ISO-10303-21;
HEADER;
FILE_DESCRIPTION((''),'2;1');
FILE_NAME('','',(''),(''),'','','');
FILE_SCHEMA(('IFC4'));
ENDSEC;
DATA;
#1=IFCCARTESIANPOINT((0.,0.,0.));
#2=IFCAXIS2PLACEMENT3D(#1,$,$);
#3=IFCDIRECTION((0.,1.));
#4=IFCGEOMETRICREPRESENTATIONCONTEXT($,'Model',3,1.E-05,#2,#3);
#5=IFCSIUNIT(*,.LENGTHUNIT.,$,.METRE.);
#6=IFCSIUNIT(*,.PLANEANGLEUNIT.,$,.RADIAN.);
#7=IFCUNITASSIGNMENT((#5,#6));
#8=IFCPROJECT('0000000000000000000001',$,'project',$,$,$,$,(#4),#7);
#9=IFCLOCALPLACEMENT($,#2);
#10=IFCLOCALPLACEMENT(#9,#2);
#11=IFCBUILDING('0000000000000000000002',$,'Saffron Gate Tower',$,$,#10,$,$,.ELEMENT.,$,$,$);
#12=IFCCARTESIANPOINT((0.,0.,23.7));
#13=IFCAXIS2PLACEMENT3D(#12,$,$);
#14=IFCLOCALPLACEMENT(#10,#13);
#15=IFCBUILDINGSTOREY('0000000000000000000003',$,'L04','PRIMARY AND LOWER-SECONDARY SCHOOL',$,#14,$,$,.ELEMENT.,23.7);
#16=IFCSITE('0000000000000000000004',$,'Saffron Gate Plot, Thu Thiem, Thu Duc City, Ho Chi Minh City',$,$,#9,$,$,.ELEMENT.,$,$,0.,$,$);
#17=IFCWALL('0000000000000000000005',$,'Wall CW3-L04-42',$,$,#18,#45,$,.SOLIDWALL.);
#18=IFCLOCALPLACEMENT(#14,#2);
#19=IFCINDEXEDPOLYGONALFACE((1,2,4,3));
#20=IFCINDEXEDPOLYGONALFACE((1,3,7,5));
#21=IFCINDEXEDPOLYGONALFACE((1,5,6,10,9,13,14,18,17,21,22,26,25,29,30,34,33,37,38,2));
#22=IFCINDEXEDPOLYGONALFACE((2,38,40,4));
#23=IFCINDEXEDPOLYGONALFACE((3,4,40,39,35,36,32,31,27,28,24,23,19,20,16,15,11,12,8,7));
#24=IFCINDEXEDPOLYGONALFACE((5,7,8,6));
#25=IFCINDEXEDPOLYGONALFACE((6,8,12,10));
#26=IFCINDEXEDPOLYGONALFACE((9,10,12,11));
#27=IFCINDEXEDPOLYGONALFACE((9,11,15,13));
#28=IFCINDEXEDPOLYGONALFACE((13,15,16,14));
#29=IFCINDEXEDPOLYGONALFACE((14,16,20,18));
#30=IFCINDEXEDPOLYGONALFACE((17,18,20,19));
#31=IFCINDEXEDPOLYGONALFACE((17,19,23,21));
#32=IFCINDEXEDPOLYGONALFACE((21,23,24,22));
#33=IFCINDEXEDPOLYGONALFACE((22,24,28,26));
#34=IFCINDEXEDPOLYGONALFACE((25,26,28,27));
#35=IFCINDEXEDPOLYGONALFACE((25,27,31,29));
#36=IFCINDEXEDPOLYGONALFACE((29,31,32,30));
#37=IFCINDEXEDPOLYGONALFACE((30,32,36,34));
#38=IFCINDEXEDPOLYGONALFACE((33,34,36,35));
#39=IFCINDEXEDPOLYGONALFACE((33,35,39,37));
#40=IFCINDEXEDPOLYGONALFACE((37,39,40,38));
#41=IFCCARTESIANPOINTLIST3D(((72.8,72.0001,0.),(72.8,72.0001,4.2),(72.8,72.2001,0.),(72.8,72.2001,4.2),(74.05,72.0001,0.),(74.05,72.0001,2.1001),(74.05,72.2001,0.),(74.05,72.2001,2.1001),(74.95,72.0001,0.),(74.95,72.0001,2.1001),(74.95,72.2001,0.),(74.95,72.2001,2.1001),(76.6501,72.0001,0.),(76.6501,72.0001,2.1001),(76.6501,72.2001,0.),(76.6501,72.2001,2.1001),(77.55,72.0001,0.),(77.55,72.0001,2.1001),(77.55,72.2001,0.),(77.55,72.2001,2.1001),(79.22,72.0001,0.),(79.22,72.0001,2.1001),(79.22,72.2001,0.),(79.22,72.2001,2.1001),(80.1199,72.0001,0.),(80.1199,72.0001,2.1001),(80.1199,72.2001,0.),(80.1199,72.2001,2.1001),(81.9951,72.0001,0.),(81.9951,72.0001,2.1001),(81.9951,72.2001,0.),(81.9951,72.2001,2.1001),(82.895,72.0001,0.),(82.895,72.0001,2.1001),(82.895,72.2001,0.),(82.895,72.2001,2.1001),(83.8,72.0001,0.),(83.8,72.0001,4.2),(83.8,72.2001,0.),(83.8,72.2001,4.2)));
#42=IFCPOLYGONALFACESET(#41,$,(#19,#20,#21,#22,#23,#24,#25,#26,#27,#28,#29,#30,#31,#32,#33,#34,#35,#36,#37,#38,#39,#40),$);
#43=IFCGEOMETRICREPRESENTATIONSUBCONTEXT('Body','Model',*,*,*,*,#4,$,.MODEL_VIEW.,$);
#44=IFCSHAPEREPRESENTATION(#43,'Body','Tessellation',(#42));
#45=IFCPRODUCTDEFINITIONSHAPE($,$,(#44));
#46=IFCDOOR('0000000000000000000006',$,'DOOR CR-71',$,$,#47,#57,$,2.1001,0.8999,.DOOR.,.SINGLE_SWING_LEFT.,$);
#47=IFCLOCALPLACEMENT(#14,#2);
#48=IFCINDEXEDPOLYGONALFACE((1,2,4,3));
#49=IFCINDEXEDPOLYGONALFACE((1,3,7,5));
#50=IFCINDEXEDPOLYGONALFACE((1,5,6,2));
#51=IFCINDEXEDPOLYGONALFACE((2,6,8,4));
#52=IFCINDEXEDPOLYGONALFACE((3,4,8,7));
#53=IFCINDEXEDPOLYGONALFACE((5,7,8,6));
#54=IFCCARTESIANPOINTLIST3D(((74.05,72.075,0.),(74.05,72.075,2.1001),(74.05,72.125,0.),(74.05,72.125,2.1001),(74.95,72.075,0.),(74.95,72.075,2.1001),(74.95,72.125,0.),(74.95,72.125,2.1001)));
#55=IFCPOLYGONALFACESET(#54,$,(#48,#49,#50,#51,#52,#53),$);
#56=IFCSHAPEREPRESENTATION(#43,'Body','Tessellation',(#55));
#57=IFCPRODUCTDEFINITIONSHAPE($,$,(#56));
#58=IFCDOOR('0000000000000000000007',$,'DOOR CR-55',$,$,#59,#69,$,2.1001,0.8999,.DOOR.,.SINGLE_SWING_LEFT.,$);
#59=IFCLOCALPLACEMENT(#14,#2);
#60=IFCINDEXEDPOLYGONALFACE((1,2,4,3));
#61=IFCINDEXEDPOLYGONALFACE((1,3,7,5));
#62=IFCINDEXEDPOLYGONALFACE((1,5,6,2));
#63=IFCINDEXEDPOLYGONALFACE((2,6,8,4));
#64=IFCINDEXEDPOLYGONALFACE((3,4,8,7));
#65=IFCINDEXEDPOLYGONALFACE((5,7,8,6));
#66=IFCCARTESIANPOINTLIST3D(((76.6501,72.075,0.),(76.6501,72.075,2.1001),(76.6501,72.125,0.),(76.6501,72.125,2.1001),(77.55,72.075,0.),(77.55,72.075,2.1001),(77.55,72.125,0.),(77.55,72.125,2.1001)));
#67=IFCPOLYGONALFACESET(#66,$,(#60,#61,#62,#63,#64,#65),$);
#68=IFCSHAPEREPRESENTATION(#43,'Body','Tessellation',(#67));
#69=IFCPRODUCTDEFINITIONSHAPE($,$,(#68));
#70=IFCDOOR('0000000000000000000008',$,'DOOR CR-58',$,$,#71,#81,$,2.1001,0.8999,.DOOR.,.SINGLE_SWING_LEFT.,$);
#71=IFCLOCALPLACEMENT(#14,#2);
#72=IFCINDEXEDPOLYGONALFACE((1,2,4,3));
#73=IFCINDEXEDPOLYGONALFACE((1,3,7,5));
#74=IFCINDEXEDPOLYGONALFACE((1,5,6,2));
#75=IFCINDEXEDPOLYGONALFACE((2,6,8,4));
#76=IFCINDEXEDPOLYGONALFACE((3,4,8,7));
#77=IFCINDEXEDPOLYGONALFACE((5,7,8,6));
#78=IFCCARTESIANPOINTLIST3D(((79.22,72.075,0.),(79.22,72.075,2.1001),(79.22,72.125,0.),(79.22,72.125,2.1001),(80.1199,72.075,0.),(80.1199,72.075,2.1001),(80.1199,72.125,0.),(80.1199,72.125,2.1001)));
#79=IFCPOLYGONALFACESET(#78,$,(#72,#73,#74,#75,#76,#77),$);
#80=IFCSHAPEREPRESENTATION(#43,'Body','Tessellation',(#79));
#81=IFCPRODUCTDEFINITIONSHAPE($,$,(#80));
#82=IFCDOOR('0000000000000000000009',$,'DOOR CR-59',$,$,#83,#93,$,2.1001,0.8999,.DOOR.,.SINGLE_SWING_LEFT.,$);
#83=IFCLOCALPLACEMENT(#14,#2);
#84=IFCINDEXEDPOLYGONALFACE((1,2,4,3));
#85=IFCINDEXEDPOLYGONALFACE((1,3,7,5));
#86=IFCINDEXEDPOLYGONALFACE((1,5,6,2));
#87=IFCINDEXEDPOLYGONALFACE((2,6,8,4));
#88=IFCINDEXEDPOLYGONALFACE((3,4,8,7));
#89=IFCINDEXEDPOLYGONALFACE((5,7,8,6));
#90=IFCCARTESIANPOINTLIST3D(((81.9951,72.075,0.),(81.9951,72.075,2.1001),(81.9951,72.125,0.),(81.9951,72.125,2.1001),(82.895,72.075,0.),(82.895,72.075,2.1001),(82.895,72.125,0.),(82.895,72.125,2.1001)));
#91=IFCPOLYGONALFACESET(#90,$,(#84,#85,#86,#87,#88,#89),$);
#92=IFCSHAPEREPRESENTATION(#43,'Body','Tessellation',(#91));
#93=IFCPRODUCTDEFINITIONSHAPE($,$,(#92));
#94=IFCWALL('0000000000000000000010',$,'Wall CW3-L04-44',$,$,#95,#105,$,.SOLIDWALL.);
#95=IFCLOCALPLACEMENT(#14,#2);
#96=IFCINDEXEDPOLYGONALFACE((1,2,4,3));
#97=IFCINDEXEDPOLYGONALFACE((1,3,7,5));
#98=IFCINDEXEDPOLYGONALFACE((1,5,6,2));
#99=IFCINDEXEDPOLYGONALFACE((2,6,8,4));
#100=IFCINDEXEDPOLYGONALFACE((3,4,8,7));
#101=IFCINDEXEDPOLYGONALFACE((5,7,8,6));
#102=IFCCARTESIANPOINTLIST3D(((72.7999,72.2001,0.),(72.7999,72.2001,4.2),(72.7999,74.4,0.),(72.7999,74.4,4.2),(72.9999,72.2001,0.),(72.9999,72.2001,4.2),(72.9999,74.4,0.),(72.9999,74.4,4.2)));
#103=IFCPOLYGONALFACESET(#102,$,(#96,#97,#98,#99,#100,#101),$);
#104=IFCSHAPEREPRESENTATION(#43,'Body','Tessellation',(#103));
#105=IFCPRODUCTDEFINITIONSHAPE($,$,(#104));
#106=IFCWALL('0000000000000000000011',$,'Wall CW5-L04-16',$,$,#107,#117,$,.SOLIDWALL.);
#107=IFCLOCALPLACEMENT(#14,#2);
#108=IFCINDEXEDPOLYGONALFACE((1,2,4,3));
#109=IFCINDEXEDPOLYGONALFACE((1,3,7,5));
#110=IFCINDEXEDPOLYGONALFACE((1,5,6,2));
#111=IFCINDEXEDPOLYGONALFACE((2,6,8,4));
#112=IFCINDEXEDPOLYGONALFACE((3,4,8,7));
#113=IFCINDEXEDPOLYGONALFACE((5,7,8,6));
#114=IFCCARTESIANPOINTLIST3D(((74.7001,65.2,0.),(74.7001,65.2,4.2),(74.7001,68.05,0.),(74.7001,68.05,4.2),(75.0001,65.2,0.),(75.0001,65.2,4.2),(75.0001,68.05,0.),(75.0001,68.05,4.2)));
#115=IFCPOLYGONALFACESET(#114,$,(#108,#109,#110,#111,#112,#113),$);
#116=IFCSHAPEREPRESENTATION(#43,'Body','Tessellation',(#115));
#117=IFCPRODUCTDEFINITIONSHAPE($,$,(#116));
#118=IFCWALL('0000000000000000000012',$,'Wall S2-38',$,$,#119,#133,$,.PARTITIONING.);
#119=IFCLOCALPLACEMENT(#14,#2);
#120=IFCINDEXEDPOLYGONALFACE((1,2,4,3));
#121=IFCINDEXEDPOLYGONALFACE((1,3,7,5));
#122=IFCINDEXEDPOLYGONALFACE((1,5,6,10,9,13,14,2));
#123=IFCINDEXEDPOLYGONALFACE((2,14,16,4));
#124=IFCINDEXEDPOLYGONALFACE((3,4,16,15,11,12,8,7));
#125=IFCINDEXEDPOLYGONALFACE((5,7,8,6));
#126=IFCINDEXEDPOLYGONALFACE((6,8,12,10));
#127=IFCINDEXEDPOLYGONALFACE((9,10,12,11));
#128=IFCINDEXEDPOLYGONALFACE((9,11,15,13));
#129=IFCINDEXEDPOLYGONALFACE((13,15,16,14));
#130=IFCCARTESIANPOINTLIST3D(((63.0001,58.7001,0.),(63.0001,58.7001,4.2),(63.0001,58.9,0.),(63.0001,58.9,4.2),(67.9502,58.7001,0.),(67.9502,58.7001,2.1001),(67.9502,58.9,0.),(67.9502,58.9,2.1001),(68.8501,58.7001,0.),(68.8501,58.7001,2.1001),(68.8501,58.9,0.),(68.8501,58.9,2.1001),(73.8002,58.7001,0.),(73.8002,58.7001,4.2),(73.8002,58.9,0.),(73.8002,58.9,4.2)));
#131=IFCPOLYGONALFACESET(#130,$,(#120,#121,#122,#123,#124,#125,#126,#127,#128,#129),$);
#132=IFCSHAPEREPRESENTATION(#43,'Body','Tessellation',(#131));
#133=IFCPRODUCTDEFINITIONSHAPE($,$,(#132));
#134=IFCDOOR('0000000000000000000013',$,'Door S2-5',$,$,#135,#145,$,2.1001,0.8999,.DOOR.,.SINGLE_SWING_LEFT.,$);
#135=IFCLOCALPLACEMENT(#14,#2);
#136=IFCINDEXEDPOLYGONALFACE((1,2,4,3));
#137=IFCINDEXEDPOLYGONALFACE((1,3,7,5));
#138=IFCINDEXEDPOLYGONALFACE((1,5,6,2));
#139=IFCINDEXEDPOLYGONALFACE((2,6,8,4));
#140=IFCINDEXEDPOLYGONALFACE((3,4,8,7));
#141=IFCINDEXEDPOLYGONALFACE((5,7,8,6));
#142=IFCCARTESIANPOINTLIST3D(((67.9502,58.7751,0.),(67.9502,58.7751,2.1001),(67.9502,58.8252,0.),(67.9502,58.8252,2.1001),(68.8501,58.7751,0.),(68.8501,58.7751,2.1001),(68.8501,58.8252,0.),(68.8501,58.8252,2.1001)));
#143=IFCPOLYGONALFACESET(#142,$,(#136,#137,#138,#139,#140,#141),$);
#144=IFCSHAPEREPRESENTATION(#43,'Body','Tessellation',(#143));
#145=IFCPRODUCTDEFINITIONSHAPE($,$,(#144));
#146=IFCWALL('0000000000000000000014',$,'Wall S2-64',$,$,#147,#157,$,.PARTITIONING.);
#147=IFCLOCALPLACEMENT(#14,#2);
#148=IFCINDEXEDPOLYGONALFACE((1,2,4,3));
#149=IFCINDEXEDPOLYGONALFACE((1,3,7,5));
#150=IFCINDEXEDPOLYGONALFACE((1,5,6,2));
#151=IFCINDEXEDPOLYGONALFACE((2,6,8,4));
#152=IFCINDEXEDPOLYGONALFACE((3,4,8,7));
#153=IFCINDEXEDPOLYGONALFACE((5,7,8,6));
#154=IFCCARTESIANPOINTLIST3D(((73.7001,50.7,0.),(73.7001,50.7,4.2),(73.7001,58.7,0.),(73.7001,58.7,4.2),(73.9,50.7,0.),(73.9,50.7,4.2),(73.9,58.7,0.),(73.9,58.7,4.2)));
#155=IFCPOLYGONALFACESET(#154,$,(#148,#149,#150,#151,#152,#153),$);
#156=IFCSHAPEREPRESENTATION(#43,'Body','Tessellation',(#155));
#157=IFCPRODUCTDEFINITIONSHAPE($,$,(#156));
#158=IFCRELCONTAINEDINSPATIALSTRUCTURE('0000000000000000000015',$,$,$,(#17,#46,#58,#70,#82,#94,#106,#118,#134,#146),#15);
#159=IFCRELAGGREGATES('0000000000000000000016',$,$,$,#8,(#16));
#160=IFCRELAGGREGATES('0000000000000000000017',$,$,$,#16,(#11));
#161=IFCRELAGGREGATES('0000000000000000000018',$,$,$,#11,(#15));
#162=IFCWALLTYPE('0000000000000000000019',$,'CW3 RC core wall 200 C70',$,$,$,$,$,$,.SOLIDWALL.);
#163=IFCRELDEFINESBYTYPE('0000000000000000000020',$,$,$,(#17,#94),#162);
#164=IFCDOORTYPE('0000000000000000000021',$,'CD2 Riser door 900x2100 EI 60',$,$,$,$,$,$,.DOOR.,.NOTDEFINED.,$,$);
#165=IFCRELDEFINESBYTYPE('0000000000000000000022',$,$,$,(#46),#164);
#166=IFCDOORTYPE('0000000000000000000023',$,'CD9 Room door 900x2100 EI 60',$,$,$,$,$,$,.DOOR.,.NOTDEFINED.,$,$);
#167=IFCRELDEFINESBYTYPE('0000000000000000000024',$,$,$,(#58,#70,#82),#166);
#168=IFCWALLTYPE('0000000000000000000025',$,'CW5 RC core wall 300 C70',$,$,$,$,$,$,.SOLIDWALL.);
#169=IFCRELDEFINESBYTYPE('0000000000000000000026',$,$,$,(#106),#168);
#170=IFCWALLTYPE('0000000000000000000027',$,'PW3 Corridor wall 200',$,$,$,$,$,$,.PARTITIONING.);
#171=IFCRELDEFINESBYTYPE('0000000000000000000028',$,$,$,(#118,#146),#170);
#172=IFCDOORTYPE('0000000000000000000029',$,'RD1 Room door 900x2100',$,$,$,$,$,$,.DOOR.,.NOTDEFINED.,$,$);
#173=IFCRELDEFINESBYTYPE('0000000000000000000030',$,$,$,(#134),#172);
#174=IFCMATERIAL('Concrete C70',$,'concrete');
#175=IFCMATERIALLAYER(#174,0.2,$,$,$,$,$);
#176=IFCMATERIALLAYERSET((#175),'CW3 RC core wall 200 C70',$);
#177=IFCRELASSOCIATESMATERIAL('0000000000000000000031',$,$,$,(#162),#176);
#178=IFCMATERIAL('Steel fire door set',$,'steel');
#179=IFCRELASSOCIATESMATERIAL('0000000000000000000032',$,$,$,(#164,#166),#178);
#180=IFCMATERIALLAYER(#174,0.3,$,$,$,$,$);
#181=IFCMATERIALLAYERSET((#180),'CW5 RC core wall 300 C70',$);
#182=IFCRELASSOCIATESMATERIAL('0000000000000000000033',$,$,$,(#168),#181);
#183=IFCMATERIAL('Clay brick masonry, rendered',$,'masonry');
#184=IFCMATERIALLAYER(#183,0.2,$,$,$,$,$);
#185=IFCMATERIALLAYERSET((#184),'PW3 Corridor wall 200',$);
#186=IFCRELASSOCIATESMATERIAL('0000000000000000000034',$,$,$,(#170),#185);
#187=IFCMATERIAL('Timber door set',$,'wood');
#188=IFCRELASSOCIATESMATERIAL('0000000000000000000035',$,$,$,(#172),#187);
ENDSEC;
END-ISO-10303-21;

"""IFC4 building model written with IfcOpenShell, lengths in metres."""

from ifc_helpers import new_model, si_unit, direction, frame, frame_2d, origin, place, context, subcontext, project, spatial, rectangle, extrude, material, layer, layer_set, type_object, element, fill, save


model = new_model("IFC4")

# Units and contexts
model_context = context("Model", 3, precision=1e-05, world=origin(), true_north=direction((0.0, 1.0)))
body_context = subcontext(model_context, "Body", "Model", "MODEL_VIEW")
ifc_project = project(units=[si_unit("LENGTHUNIT", "METRE"), si_unit("PLANEANGLEUNIT", "RADIAN")], contexts=[model_context])

# Site, building, storey
site_placement = place(None, origin())
site = spatial("IfcSite", under=ifc_project, at=site_placement, Name="Saffron Gate Plot, Thu Thiem, Thu Duc City, Ho Chi Minh City", CompositionType="ELEMENT", RefElevation=0.0)
building_placement = place(site_placement, origin())
building = spatial("IfcBuilding", under=site, at=building_placement, Name="Saffron Gate Tower", CompositionType="ELEMENT")
storey_placement = place(building_placement, frame((0.0, 0.0, 23.7)))
storey = spatial("IfcBuildingStorey", under=building, at=storey_placement, Name="L04", Description="PRIMARY AND LOWER-SECONDARY SCHOOL", CompositionType="ELEMENT", Elevation=23.7)

# Shared definitions
ifc_material_1 = material(Name="Concrete C70", Category="concrete")

# Shared definitions
ifc_layer_1 = layer(ifc_material_1, 0.2)
ifc_layer_set_1 = layer_set([ifc_layer_1], Name="CW3 RC core wall 200 C70")
wall_type_1 = type_object("IfcWallType", Name="CW3 RC core wall 200 C70", PredefinedType="SOLIDWALL", material=ifc_layer_set_1)
ifc_material_2 = material(Name="Steel fire door set", Category="steel")

# Wall, openings, doors
wall_1_placement = place(storey_placement, frame((72.8, 72.1001, 0.0), z_axis=(0.0, 0.0, 1.0), x_axis=(1.0, 0.0, 0.0)))
wall_1 = element("IfcWall", 1, at=wall_1_placement, inside=storey, type_object=wall_type_1, Name="Wall CW3-L04-42", PredefinedType="SOLIDWALL", context=body_context, shape_type="SweptSolid", body=[
    extrude(rectangle(XDim=11.0, YDim=0.2, at=frame_2d((5.5, 0.0))), origin(), (0.0, 0.0, 1.0), 4.2),
])
opening_1_placement = place(wall_1_placement, frame((1.25, 0.0, 0.0)))
opening_1 = element("IfcOpeningElement", 2, at=opening_1_placement, cuts=wall_1, PredefinedType="OPENING", context=body_context, shape_type="SweptSolid", body=[
    extrude(rectangle(XDim=0.8999, YDim=2.1001, at=frame_2d((0.45, 1.05))), frame((0.0, 0.1099, 0.0), z_axis=(0.0, -1.0, 0.0), x_axis=(1.0, 0.0, 0.0)), (0.0, 0.0, 1.0), 0.22),
])
opening_2_placement = place(wall_1_placement, frame((3.8501, 0.0, 0.0)))
opening_2 = element("IfcOpeningElement", 3, at=opening_2_placement, cuts=wall_1, PredefinedType="OPENING", context=body_context, shape_type="SweptSolid", body=[
    extrude(rectangle(XDim=0.8999, YDim=2.1001, at=frame_2d((0.45, 1.05))), frame((0.0, 0.1099, 0.0), z_axis=(0.0, -1.0, 0.0), x_axis=(1.0, 0.0, 0.0)), (0.0, 0.0, 1.0), 0.22),
])
opening_3_placement = place(wall_1_placement, frame((6.4199, 0.0, 0.0)))
opening_3 = element("IfcOpeningElement", 4, at=opening_3_placement, cuts=wall_1, PredefinedType="OPENING", context=body_context, shape_type="SweptSolid", body=[
    extrude(rectangle(XDim=0.8999, YDim=2.1001, at=frame_2d((0.45, 1.05))), frame((0.0, 0.1099, 0.0), z_axis=(0.0, -1.0, 0.0), x_axis=(1.0, 0.0, 0.0)), (0.0, 0.0, 1.0), 0.22),
])
opening_4_placement = place(wall_1_placement, frame((9.1951, 0.0, 0.0)))
opening_4 = element("IfcOpeningElement", 5, at=opening_4_placement, cuts=wall_1, PredefinedType="OPENING", context=body_context, shape_type="SweptSolid", body=[
    extrude(rectangle(XDim=0.8999, YDim=2.1001, at=frame_2d((0.45, 1.05))), frame((0.0, 0.1099, 0.0), z_axis=(0.0, -1.0, 0.0), x_axis=(1.0, 0.0, 0.0)), (0.0, 0.0, 1.0), 0.22),
])
door_type_1 = type_object("IfcDoorType", Name="CD2 Riser door 900x2100 EI 60", OperationType="NOTDEFINED", PredefinedType="DOOR", material=ifc_material_2)
door_1_placement = place(opening_1_placement, origin())
door_1 = element("IfcDoor", 6, at=door_1_placement, inside=storey, type_object=door_type_1, Name="DOOR CR-71", OperationType="SINGLE_SWING_LEFT", OverallHeight=2.1001, OverallWidth=0.8999, PredefinedType="DOOR", context=body_context, shape_type="SweptSolid", body=[
    extrude(rectangle(XDim=0.8999, YDim=2.1001, at=frame_2d((0.45, 1.05))), frame((0.0, 0.0249, 0.0), z_axis=(0.0, -1.0, 0.0), x_axis=(1.0, 0.0, 0.0)), (0.0, 0.0, 1.0), 0.05),
])
fill(opening_1, door_1)
door_type_2 = type_object("IfcDoorType", Name="CD9 Room door 900x2100 EI 60", OperationType="NOTDEFINED", PredefinedType="DOOR", material=ifc_material_2)
door_2_placement = place(opening_2_placement, origin())
door_2 = element("IfcDoor", 7, at=door_2_placement, inside=storey, type_object=door_type_2, Name="DOOR CR-55", OperationType="SINGLE_SWING_LEFT", OverallHeight=2.1001, OverallWidth=0.8999, PredefinedType="DOOR", context=body_context, shape_type="SweptSolid", body=[
    extrude(rectangle(XDim=0.8999, YDim=2.1001, at=frame_2d((0.45, 1.05))), frame((0.0, 0.0249, 0.0), z_axis=(0.0, -1.0, 0.0), x_axis=(1.0, 0.0, 0.0)), (0.0, 0.0, 1.0), 0.05),
])
fill(opening_2, door_2)
door_3_placement = place(opening_3_placement, origin())
door_3 = element("IfcDoor", 8, at=door_3_placement, inside=storey, type_object=door_type_2, Name="DOOR CR-58", OperationType="SINGLE_SWING_LEFT", OverallHeight=2.1001, OverallWidth=0.8999, PredefinedType="DOOR", context=body_context, shape_type="SweptSolid", body=[
    extrude(rectangle(XDim=0.8999, YDim=2.1001, at=frame_2d((0.45, 1.05))), frame((0.0, 0.0249, 0.0), z_axis=(0.0, -1.0, 0.0), x_axis=(1.0, 0.0, 0.0)), (0.0, 0.0, 1.0), 0.05),
])
fill(opening_3, door_3)
door_4_placement = place(opening_4_placement, origin())
door_4 = element("IfcDoor", 9, at=door_4_placement, inside=storey, type_object=door_type_2, Name="DOOR CR-59", OperationType="SINGLE_SWING_LEFT", OverallHeight=2.1001, OverallWidth=0.8999, PredefinedType="DOOR", context=body_context, shape_type="SweptSolid", body=[
    extrude(rectangle(XDim=0.8999, YDim=2.1001, at=frame_2d((0.45, 1.05))), frame((0.0, 0.0249, 0.0), z_axis=(0.0, -1.0, 0.0), x_axis=(1.0, 0.0, 0.0)), (0.0, 0.0, 1.0), 0.05),
])
fill(opening_4, door_4)

# Walls
wall_2_placement = place(storey_placement, frame((72.8999, 72.2, 0.0), z_axis=(0.0, 0.0, 1.0), x_axis=(0.0, 1.0, 0.0)))
element("IfcWall", 10, at=wall_2_placement, inside=storey, type_object=wall_type_1, Name="Wall CW3-L04-44", PredefinedType="SOLIDWALL", context=body_context, shape_type="SweptSolid", body=[
    extrude(rectangle(XDim=2.2, YDim=0.2, at=frame_2d((1.1001, 0.0))), origin(), (0.0, 0.0, 1.0), 4.2),
])
ifc_layer_2 = layer(ifc_material_1, 0.3)
ifc_layer_set_2 = layer_set([ifc_layer_2], Name="CW5 RC core wall 300 C70")
wall_type_2 = type_object("IfcWallType", Name="CW5 RC core wall 300 C70", PredefinedType="SOLIDWALL", material=ifc_layer_set_2)
wall_3_placement = place(storey_placement, frame((74.8501, 65.2, 0.0), z_axis=(0.0, 0.0, 1.0), x_axis=(0.0, 1.0, 0.0)))
element("IfcWall", 11, at=wall_3_placement, inside=storey, type_object=wall_type_2, Name="Wall CW5-L04-16", PredefinedType="SOLIDWALL", context=body_context, shape_type="SweptSolid", body=[
    extrude(rectangle(XDim=2.8501, YDim=0.3, at=frame_2d((1.425, 0.0))), origin(), (0.0, 0.0, 1.0), 4.2),
])

# Wall, opening, door
ifc_material_3 = material(Name="Clay brick masonry, rendered", Category="masonry")
ifc_layer_3 = layer(ifc_material_3, 0.2)
ifc_layer_set_3 = layer_set([ifc_layer_3], Name="PW3 Corridor wall 200")
wall_type_3 = type_object("IfcWallType", Name="PW3 Corridor wall 200", PredefinedType="PARTITIONING", material=ifc_layer_set_3)
wall_4_placement = place(storey_placement, frame((73.8, 58.8, 0.0), z_axis=(0.0, 0.0, 1.0), x_axis=(-1.0, 0.0, 0.0)))
wall_4 = element("IfcWall", 12, at=wall_4_placement, inside=storey, type_object=wall_type_3, Name="Wall S2-38", PredefinedType="PARTITIONING", context=body_context, shape_type="SweptSolid", body=[
    extrude(rectangle(XDim=10.8, YDim=0.2, at=frame_2d((5.3999, 0.0))), origin(), (0.0, 0.0, 1.0), 4.2),
])
opening_5_placement = place(wall_4_placement, frame((4.95, 0.0, 0.0)))
opening_5 = element("IfcOpeningElement", 13, at=opening_5_placement, cuts=wall_4, PredefinedType="OPENING", context=body_context, shape_type="SweptSolid", body=[
    extrude(rectangle(XDim=0.8999, YDim=2.1001, at=frame_2d((0.45, 1.05))), frame((0.0, 0.1099, 0.0), z_axis=(0.0, -1.0, 0.0), x_axis=(1.0, 0.0, 0.0)), (0.0, 0.0, 1.0), 0.22),
])
ifc_material_4 = material(Name="Timber door set", Category="wood")
door_type_3 = type_object("IfcDoorType", Name="RD1 Room door 900x2100", OperationType="NOTDEFINED", PredefinedType="DOOR", material=ifc_material_4)
door_5_placement = place(opening_5_placement, origin())
door_5 = element("IfcDoor", 14, at=door_5_placement, inside=storey, type_object=door_type_3, Name="Door S2-5", OperationType="SINGLE_SWING_LEFT", OverallHeight=2.1001, OverallWidth=0.8999, PredefinedType="DOOR", context=body_context, shape_type="SweptSolid", body=[
    extrude(rectangle(XDim=0.8999, YDim=2.1001, at=frame_2d((0.45, 1.05))), frame((0.0, 0.0249, 0.0), z_axis=(0.0, -1.0, 0.0), x_axis=(1.0, 0.0, 0.0)), (0.0, 0.0, 1.0), 0.05),
])
fill(opening_5, door_5)

# Wall
wall_5_placement = place(storey_placement, frame((73.8, 58.7, 0.0), z_axis=(0.0, 0.0, 1.0), x_axis=(0.0, -1.0, 0.0)))
element("IfcWall", 15, at=wall_5_placement, inside=storey, type_object=wall_type_3, Name="Wall S2-64", PredefinedType="PARTITIONING", context=body_context, shape_type="SweptSolid", body=[
    extrude(rectangle(XDim=8.0, YDim=0.2, at=frame_2d((4.0, 0.0))), origin(), (0.0, 0.0, 1.0), 4.2),
])

save(model, "model.ifc")
